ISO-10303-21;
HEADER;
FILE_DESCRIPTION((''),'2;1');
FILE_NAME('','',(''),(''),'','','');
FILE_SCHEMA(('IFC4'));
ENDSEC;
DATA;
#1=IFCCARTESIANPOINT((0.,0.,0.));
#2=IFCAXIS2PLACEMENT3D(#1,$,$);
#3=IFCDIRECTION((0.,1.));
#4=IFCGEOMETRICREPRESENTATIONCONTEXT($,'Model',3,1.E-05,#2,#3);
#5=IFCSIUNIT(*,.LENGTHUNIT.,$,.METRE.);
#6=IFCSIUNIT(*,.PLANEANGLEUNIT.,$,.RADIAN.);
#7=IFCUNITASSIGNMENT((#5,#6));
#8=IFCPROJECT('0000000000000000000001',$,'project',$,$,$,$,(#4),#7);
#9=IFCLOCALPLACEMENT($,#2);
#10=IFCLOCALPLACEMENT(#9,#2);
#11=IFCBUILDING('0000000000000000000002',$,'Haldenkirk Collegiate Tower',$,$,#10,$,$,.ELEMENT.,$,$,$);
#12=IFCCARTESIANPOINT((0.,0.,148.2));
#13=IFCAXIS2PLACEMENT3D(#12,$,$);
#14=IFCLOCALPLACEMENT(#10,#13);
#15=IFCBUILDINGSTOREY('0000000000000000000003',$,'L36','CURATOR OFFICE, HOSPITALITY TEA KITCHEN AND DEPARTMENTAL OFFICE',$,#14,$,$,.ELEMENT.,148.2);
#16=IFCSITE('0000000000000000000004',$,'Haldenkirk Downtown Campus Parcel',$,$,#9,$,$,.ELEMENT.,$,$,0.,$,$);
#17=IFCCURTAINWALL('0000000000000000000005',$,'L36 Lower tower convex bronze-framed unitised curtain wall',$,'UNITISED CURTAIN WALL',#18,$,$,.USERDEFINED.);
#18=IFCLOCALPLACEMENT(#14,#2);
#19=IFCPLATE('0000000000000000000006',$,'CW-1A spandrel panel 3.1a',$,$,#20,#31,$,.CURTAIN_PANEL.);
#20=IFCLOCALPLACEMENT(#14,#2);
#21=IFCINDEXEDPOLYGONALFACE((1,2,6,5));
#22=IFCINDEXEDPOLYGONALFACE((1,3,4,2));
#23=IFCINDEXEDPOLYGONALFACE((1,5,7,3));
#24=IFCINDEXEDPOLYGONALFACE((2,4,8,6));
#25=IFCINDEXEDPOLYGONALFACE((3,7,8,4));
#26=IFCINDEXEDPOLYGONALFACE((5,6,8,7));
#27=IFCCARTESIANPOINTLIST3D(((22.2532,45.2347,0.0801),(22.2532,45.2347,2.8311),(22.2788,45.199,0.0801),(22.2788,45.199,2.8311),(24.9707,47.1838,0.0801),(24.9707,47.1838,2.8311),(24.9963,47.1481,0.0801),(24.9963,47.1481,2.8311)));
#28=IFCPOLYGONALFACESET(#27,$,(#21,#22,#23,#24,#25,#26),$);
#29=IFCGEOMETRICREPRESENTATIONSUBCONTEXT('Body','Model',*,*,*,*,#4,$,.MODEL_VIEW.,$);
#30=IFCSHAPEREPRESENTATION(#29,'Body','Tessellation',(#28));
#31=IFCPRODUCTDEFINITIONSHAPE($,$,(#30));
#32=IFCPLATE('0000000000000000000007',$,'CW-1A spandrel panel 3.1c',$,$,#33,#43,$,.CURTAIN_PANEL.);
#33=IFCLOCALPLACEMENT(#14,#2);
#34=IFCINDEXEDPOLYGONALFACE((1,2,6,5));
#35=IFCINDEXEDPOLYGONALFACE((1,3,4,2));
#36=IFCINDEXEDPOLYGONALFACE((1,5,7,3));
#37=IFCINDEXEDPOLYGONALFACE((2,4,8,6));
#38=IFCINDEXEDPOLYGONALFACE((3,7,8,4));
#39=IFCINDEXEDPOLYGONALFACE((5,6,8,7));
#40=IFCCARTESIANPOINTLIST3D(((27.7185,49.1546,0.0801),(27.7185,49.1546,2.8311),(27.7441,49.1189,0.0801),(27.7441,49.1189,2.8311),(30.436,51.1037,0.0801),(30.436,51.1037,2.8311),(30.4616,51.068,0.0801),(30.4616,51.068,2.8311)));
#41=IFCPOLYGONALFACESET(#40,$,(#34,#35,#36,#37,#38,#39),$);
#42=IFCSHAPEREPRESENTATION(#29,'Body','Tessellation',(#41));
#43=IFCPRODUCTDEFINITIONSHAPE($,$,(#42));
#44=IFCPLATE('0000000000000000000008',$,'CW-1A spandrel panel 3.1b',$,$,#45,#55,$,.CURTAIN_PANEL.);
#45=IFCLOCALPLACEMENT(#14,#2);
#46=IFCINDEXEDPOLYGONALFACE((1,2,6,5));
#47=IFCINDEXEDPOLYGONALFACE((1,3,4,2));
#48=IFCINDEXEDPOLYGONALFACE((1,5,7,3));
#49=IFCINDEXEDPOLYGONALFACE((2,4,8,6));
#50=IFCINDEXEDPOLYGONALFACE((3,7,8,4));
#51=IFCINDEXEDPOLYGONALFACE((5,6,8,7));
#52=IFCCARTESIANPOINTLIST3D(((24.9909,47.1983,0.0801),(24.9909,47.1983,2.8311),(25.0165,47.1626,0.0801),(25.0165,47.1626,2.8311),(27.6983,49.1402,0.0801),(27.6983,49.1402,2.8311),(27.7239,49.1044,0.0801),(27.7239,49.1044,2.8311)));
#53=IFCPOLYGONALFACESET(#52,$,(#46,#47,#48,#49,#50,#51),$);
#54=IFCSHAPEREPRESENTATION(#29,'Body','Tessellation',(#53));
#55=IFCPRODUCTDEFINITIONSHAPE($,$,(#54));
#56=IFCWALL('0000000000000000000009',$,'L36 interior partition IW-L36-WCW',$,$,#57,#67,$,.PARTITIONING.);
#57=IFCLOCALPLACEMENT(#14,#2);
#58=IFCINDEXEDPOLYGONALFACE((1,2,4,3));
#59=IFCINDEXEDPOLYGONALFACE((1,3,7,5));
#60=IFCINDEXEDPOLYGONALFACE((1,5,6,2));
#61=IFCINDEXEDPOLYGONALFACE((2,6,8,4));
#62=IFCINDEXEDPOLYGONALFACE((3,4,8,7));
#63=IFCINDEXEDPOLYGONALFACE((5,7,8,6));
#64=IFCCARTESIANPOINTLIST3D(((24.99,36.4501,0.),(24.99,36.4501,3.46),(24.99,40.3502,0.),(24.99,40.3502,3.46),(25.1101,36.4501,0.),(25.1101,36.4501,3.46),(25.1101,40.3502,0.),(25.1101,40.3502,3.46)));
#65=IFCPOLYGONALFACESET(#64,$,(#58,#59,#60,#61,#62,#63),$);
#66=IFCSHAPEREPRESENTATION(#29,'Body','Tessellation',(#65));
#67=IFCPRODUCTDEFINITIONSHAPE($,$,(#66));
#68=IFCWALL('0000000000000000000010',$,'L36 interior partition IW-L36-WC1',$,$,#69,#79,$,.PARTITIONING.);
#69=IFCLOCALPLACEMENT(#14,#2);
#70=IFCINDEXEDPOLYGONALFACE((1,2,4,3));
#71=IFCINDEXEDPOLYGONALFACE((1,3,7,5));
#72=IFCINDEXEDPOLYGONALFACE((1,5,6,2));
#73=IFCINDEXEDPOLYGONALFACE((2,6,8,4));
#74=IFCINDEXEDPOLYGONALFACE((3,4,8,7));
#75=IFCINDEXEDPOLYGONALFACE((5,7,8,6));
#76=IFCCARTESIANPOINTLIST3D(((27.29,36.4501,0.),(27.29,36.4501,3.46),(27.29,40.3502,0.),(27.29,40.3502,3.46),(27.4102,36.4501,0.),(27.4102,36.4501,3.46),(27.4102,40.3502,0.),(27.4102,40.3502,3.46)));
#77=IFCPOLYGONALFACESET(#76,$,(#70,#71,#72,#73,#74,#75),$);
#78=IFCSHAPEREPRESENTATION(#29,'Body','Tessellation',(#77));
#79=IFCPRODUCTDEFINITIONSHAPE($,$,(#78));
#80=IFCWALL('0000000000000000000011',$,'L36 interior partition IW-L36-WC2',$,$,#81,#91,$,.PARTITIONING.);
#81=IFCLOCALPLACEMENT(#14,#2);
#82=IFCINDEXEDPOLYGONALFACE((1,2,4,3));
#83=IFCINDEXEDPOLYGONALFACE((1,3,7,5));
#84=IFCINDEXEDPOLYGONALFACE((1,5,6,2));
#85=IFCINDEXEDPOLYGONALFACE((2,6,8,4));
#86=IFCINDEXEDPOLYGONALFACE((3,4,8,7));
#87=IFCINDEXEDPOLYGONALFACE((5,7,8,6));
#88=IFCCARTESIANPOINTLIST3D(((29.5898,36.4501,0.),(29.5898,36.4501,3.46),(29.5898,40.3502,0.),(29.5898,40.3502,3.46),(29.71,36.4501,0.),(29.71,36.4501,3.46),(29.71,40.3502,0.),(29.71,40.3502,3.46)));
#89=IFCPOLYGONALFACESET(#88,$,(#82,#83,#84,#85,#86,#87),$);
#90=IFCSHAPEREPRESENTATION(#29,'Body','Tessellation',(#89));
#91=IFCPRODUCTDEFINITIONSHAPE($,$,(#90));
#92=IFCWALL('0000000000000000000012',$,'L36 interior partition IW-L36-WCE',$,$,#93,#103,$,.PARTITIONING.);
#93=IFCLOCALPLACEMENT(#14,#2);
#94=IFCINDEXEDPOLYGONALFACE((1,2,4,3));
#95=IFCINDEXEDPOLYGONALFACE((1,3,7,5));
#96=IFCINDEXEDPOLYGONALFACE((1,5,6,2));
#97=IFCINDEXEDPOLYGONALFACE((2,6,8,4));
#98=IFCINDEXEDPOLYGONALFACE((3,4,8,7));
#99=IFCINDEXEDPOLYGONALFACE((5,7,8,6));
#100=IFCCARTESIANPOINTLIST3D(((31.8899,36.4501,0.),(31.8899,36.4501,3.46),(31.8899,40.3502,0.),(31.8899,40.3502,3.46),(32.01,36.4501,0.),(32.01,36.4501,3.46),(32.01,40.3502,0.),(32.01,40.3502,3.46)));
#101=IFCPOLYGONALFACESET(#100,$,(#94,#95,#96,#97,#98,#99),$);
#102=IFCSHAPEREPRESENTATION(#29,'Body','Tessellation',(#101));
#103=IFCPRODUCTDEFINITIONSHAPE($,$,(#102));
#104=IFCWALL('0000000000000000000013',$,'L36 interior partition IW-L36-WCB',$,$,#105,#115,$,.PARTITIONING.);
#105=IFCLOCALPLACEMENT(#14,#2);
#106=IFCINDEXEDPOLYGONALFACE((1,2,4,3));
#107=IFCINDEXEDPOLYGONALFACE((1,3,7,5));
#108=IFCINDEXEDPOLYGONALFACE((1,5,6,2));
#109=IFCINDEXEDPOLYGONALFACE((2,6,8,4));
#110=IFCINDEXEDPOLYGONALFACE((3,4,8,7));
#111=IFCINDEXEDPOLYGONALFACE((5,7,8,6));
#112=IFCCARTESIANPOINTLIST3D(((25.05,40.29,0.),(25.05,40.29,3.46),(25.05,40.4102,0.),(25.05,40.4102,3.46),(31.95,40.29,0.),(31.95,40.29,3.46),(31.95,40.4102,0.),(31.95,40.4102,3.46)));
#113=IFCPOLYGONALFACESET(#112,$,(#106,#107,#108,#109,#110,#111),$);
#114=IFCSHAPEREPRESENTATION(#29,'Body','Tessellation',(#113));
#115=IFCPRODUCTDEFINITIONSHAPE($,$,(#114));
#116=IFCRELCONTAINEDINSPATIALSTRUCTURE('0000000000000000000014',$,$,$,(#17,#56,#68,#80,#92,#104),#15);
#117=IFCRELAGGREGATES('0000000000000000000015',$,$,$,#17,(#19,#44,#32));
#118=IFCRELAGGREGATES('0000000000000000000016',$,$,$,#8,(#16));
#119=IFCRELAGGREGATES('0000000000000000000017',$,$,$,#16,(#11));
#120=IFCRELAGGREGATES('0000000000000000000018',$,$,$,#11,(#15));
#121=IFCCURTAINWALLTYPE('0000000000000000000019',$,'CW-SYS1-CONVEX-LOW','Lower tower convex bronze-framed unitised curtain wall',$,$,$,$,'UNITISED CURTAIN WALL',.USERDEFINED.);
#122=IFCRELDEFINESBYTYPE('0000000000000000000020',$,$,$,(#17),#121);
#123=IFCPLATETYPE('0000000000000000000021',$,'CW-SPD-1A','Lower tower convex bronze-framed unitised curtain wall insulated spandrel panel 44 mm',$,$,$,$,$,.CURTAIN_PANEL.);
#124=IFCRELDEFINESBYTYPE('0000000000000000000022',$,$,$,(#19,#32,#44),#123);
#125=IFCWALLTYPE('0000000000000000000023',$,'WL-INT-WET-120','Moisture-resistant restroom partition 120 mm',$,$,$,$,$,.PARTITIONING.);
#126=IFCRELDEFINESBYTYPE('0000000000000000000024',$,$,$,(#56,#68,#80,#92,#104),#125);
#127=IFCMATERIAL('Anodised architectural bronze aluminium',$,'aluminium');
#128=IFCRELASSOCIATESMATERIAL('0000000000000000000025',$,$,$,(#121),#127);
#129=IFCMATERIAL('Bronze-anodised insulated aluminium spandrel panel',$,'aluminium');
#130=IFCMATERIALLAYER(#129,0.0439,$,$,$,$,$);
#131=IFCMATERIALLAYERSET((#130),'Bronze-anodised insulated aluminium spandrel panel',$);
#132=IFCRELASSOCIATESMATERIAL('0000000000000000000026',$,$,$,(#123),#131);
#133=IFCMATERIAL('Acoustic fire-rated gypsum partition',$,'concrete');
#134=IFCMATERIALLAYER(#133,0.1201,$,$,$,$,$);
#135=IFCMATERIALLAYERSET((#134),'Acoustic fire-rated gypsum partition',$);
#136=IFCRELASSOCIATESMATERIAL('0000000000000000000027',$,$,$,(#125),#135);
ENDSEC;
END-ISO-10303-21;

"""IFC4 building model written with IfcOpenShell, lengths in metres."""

from ifc_helpers import new_model, si_unit, direction, frame, frame_2d, origin, origin_2d, place, context, subcontext, project, spatial, rectangle, extrude, source, transform, mapped, material, layer, layer_set, type_object, element, aggregate, save


model = new_model("IFC4")

# Units and contexts
model_context = context("Model", 3, precision=1e-05, world=origin(), true_north=direction((0.0, 1.0)))
body_context = subcontext(model_context, "Body", "Model", "MODEL_VIEW")
ifc_project = project(units=[si_unit("LENGTHUNIT", "METRE"), si_unit("PLANEANGLEUNIT", "RADIAN")], contexts=[model_context])

# Site, building, storey
site_placement = place(None, origin())
site = spatial("IfcSite", under=ifc_project, at=site_placement, Name="Haldenkirk Downtown Campus Parcel", CompositionType="ELEMENT", RefElevation=0.0)
building_placement = place(site_placement, origin())
building = spatial("IfcBuilding", under=site, at=building_placement, Name="Haldenkirk Collegiate Tower", CompositionType="ELEMENT")
storey_placement = place(building_placement, frame((0.0, 0.0, 148.2)))
storey = spatial("IfcBuildingStorey", under=building, at=storey_placement, Name="L36", Description="CURATOR OFFICE, HOSPITALITY TEA KITCHEN AND DEPARTMENTAL OFFICE", CompositionType="ELEMENT", Elevation=148.2)

# Curtain wall
ifc_material_1 = material(Name="Anodised architectural bronze aluminium", Category="aluminium")
curtain_wall_type = type_object("IfcCurtainWallType", Name="CW-SYS1-CONVEX-LOW", Description="Lower tower convex bronze-framed unitised curtain wall", ElementType="UNITISED CURTAIN WALL", PredefinedType="USERDEFINED", material=ifc_material_1)
curtain_wall_placement = place(storey_placement, origin())
curtain_wall = element("IfcCurtainWall", 1, at=curtain_wall_placement, inside=storey, type_object=curtain_wall_type, Name="L36 Lower tower convex bronze-framed unitised curtain wall", ObjectType="UNITISED CURTAIN WALL", PredefinedType="USERDEFINED")

# Plates
ifc_material_2 = material(Name="Bronze-anodised insulated aluminium spandrel panel", Category="aluminium")
ifc_layer_1 = layer(ifc_material_2, 0.0439)
ifc_layer_set_1 = layer_set([ifc_layer_1], Name="Bronze-anodised insulated aluminium spandrel panel")
plate_type = type_object("IfcPlateType", Name="CW-SPD-1A", Description="Lower tower convex bronze-framed unitised curtain wall insulated spandrel panel 44 mm", PredefinedType="CURTAIN_PANEL", material=ifc_layer_set_1)
shared_shape_1 = source(origin(), body_context, "Body", "SweptSolid", [
    extrude(rectangle(XDim=3.3442, YDim=0.0439, at=origin_2d()), origin(), (0.0, 0.0, 1.0), 2.751),
])
plate_1_placement = place(storey_placement, frame((23.6248, 46.1914, 0.0801), z_axis=(0.0, 0.0, 1.0), x_axis=(0.812594, 0.582831, 0.0)))
plate_1 = element("IfcPlate", 2, at=plate_1_placement, type_object=plate_type, Name="CW-1A spandrel panel 3.1a", PredefinedType="CURTAIN_PANEL", context=body_context, shape_type="MappedRepresentation", body=[
    mapped(shared_shape_1, transform((0.0, 0.0, 0.0), x_axis=(1.0, 0.0, 0.0), y_axis=(0.0, 1.0, 0.0), z_axis=(0.0, 0.0, 1.0), scale=1.0)),
])
plate_2_placement = place(storey_placement, frame((29.0901, 50.1113, 0.0801), z_axis=(0.0, 0.0, 1.0), x_axis=(0.812594, 0.582831, 0.0)))
plate_2 = element("IfcPlate", 3, at=plate_2_placement, type_object=plate_type, Name="CW-1A spandrel panel 3.1c", PredefinedType="CURTAIN_PANEL", context=body_context, shape_type="MappedRepresentation", body=[
    mapped(shared_shape_1, transform((0.0, 0.0, 0.0), x_axis=(1.0, 0.0, 0.0), y_axis=(0.0, 1.0, 0.0), z_axis=(0.0, 0.0, 1.0), scale=1.0)),
])
shared_shape_2 = source(origin(), body_context, "Body", "SweptSolid", [
    extrude(rectangle(XDim=3.3318, YDim=0.0439, at=origin_2d()), origin(), (0.0, 0.0, 1.0), 2.751),
])
plate_3_placement = place(storey_placement, frame((26.3574, 48.1514, 0.0801), z_axis=(0.0, 0.0, 1.0), x_axis=(0.812594, 0.582831, 0.0)))
plate_3 = element("IfcPlate", 4, at=plate_3_placement, type_object=plate_type, Name="CW-1A spandrel panel 3.1b", PredefinedType="CURTAIN_PANEL", context=body_context, shape_type="MappedRepresentation", body=[
    mapped(shared_shape_2, transform((0.0, 0.0, 0.0), x_axis=(1.0, 0.0, 0.0), y_axis=(0.0, 1.0, 0.0), z_axis=(0.0, 0.0, 1.0), scale=1.0)),
])
aggregate(curtain_wall, [plate_1, plate_3, plate_2])

# Walls
ifc_material_3 = material(Name="Acoustic fire-rated gypsum partition", Category="concrete")
ifc_layer_2 = layer(ifc_material_3, 0.1201)
ifc_layer_set_2 = layer_set([ifc_layer_2], Name="Acoustic fire-rated gypsum partition")
wall_type_1 = type_object("IfcWallType", Name="WL-INT-WET-120", Description="Moisture-resistant restroom partition 120 mm", PredefinedType="PARTITIONING", material=ifc_layer_set_2)
for number, where, z_axis, x_axis, name in (
    (5, (25.05, 36.45, 0.0), (0.0, 0.0, 1.0), (0.0, 1.0, 0.0), "L36 interior partition IW-L36-WCW"),
    (6, (27.3501, 36.45, 0.0), (0.0, 0.0, 1.0), (0.0, 1.0, 0.0), "L36 interior partition IW-L36-WC1"),
    (7, (29.6499, 36.45, 0.0), (0.0, 0.0, 1.0), (0.0, 1.0, 0.0), "L36 interior partition IW-L36-WC2"),
    (8, (31.95, 36.45, 0.0), (0.0, 0.0, 1.0), (0.0, 1.0, 0.0), "L36 interior partition IW-L36-WCE"),
):
    element("IfcWall", number, at=place(storey_placement, frame(where, z_axis=z_axis, x_axis=x_axis)), inside=storey, type_object=wall_type_1, Name=name, PredefinedType="PARTITIONING", context=body_context, shape_type="SweptSolid", body=[
        extrude(rectangle(XDim=3.9001, YDim=0.1201, at=frame_2d((1.9502, 0.0))), origin(), (0.0, 0.0, 1.0), 3.46),
    ])
wall_1_placement = place(storey_placement, frame((25.05, 40.3501, 0.0), z_axis=(0.0, 0.0, 1.0), x_axis=(1.0, 0.0, 0.0)))
element("IfcWall", 9, at=wall_1_placement, inside=storey, type_object=wall_type_1, Name="L36 interior partition IW-L36-WCB", PredefinedType="PARTITIONING", context=body_context, shape_type="SweptSolid", body=[
    extrude(rectangle(XDim=6.8999, YDim=0.1201, at=frame_2d((3.45, 0.0))), origin(), (0.0, 0.0, 1.0), 3.46),
])

save(model, "model.ifc")
